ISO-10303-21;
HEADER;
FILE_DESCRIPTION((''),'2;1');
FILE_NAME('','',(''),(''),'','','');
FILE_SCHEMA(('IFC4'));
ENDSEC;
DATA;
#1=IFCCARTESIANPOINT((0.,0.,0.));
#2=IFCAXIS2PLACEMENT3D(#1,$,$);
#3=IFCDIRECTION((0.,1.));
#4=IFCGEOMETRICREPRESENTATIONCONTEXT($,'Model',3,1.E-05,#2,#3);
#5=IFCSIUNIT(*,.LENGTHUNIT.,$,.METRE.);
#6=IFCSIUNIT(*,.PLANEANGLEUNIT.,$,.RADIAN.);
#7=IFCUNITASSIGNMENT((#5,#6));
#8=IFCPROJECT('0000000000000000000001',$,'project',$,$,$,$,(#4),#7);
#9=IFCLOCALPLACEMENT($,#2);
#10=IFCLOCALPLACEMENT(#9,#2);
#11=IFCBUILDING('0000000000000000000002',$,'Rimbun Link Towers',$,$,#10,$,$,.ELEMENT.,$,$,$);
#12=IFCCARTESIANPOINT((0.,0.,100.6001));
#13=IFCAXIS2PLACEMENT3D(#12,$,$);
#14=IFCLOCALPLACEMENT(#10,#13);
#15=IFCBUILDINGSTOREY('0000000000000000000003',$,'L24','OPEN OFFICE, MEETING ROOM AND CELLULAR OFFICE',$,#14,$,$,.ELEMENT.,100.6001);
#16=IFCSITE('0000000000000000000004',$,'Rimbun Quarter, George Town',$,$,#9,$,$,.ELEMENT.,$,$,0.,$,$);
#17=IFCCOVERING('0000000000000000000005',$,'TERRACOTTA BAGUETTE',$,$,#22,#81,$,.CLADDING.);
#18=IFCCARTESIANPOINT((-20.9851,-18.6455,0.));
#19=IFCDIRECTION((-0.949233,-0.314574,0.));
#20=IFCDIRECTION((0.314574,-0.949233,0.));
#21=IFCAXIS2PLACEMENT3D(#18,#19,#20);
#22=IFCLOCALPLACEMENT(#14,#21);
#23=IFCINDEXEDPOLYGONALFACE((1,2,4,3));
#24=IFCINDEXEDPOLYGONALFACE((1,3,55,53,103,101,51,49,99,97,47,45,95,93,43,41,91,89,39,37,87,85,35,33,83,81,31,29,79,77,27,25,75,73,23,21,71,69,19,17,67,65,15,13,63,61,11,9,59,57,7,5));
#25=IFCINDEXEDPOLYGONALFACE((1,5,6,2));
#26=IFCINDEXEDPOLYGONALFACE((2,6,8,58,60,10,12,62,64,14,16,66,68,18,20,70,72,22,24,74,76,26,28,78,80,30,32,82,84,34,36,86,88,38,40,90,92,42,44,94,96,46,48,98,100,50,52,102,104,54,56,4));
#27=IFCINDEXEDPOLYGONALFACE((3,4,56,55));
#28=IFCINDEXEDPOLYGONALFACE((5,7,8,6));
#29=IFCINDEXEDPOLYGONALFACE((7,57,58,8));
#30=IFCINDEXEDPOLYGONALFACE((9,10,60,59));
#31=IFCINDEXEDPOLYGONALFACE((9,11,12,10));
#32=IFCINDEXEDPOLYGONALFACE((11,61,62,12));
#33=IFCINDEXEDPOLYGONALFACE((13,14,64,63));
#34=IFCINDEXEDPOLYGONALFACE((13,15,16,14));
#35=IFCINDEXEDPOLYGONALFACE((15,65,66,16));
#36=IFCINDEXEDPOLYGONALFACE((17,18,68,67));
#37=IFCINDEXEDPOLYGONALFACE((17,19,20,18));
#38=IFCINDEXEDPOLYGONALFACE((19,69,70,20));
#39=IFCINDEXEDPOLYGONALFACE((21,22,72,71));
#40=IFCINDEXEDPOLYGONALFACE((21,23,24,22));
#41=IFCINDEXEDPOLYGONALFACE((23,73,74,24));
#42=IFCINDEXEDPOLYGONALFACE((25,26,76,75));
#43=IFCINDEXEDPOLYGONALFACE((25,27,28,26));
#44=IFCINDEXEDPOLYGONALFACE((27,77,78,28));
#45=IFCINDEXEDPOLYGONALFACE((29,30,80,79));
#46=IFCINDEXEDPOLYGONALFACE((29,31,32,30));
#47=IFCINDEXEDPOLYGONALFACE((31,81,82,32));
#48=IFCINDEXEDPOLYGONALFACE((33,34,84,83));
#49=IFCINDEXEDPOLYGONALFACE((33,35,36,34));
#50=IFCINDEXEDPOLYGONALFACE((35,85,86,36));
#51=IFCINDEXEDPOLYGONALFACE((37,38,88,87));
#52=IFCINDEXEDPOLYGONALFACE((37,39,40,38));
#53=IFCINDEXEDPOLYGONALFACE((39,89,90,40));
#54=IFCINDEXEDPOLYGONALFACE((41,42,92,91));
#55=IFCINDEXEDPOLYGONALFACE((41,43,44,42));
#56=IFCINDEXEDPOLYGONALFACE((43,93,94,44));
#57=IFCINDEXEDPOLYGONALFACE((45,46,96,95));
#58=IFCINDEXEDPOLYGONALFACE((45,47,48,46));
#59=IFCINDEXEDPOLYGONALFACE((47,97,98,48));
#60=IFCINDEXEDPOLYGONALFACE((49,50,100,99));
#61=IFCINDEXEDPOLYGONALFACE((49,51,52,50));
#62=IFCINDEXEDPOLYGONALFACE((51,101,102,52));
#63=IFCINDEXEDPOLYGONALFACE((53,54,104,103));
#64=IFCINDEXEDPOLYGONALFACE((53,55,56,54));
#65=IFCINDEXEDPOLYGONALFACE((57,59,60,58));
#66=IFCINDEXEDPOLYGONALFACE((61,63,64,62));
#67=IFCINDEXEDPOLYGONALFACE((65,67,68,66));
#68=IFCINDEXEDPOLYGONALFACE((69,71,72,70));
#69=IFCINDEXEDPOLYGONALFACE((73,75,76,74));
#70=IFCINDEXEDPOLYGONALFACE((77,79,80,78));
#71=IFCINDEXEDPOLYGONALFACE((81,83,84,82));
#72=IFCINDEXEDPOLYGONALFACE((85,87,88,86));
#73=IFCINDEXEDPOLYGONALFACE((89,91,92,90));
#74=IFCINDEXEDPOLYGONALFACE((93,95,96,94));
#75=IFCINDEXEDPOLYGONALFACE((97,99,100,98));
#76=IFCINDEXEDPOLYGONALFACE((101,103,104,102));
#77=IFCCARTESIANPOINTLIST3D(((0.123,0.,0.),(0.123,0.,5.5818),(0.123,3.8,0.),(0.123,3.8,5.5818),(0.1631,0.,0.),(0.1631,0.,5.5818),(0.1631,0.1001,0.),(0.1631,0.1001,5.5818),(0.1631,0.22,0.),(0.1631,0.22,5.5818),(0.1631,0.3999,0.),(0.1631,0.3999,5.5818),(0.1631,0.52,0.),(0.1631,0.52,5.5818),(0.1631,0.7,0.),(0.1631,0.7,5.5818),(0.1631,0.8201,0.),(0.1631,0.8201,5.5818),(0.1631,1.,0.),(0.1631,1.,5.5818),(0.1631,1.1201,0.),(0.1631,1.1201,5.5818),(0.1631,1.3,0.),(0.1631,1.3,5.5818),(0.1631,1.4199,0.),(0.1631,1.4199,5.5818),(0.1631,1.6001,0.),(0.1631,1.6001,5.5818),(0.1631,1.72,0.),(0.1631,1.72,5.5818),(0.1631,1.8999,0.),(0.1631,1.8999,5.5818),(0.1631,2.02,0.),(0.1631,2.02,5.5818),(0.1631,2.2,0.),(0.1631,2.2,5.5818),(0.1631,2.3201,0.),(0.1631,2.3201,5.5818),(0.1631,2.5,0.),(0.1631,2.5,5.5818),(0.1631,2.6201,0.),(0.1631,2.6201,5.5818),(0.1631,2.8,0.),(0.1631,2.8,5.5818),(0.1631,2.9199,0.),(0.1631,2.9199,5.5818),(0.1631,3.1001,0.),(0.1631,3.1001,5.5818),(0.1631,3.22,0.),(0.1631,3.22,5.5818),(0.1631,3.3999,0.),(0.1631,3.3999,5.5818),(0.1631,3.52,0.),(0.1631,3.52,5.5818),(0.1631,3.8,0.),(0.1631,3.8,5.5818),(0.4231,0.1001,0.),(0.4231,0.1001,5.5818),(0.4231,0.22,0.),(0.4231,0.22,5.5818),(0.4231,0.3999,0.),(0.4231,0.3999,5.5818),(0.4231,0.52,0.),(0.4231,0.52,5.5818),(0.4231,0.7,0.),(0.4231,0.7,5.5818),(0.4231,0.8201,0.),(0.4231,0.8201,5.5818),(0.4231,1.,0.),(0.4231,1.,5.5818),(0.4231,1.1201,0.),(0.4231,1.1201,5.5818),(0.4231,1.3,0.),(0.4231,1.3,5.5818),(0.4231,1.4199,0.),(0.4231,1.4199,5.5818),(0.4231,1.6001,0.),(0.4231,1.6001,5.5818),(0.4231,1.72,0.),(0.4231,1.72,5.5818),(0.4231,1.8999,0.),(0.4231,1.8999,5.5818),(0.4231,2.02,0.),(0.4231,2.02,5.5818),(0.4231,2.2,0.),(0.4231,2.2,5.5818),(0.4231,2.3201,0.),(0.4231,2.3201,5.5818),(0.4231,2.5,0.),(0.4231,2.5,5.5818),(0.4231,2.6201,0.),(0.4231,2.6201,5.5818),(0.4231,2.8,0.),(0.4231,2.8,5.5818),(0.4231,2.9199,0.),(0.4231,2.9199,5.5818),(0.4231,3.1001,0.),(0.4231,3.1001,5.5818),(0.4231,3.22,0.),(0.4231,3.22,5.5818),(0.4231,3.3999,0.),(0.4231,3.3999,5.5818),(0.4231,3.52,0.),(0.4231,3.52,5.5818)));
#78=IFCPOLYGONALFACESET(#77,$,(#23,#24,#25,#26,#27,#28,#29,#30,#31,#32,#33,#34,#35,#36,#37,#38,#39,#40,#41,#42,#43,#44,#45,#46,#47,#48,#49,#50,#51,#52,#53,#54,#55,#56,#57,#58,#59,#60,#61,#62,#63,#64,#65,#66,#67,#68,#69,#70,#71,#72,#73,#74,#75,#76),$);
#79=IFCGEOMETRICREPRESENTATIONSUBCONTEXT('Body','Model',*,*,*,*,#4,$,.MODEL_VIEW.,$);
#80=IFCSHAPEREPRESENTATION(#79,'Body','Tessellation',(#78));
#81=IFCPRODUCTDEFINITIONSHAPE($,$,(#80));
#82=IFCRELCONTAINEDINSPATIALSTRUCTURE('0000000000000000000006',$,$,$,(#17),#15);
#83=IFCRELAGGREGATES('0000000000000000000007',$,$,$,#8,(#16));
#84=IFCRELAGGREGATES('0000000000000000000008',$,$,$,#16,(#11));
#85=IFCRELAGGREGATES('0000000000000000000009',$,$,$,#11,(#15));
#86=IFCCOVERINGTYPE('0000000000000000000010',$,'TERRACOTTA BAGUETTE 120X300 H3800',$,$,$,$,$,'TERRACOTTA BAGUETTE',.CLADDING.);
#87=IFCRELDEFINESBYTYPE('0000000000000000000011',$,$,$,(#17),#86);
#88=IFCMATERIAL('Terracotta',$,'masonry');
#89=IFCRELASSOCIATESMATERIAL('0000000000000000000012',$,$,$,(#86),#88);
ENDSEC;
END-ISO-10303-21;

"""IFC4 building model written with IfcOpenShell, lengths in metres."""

from ifc_helpers import new_model, si_unit, direction, frame, origin, place, context, subcontext, project, spatial, polyline, outline, extrude, material, material_profile, profile_set, type_object, element, save


model = new_model("IFC4")

# Units and contexts
model_context = context("Model", 3, precision=1e-05, world=origin(), true_north=direction((0.0, 1.0)))
body_context = subcontext(model_context, "Body", "Model", "MODEL_VIEW")
ifc_project = project(units=[si_unit("LENGTHUNIT", "METRE"), si_unit("PLANEANGLEUNIT", "RADIAN")], contexts=[model_context])

# Site, building, storey
site_placement = place(None, origin())
site = spatial("IfcSite", under=ifc_project, at=site_placement, Name="Rimbun Quarter, George Town", CompositionType="ELEMENT", RefElevation=0.0)
building_placement = place(site_placement, origin())
building = spatial("IfcBuilding", under=site, at=building_placement, Name="Rimbun Link Towers", CompositionType="ELEMENT")
storey_placement = place(building_placement, frame((0.0, 0.0, 100.6001)))
storey = spatial("IfcBuildingStorey", under=building, at=storey_placement, Name="L24", Description="OPEN OFFICE, MEETING ROOM AND CELLULAR OFFICE", CompositionType="ELEMENT", Elevation=100.6001)

# Covering
ifc_material_1 = material(Name="Terracotta", Category="masonry")
ifc_material_profile_1 = material_profile(ifc_material_1, outline(polyline([(0.123, 0.0), (0.1631, 0.0), (0.1631, 0.1001), (0.4231, 0.1001), (0.4231, 0.22), (0.1631, 0.22), (0.1631, 0.3999), (0.4231, 0.3999), (0.4231, 0.52), (0.1631, 0.52), (0.1631, 0.7), (0.4231, 0.7), (0.4231, 0.8201), (0.1631, 0.8201), (0.1631, 1.0), (0.4231, 1.0), (0.4231, 1.1201), (0.1631, 1.1201), (0.1631, 1.3), (0.4231, 1.3), (0.4231, 1.4199), (0.1631, 1.4199), (0.1631, 1.6001), (0.4231, 1.6001), (0.4231, 1.72), (0.1631, 1.72), (0.1631, 1.8999), (0.4231, 1.8999), (0.4231, 2.02), (0.1631, 2.02), (0.1631, 2.2), (0.4231, 2.2), (0.4231, 2.3201), (0.1631, 2.3201), (0.1631, 2.5), (0.4231, 2.5), (0.4231, 2.6201), (0.1631, 2.6201), (0.1631, 2.8), (0.4231, 2.8), (0.4231, 2.9199), (0.1631, 2.9199), (0.1631, 3.1001), (0.4231, 3.1001), (0.4231, 3.22), (0.1631, 3.22), (0.1631, 3.3999), (0.4231, 3.3999), (0.4231, 3.52), (0.1631, 3.52), (0.1631, 3.8), (0.123, 3.8), (0.123, 0.0)])), Name="BAGUETTE 120X300")
ifc_profile_set_1 = profile_set([ifc_material_profile_1], Name="Terracotta")
covering_type = type_object("IfcCoveringType", Name="TERRACOTTA BAGUETTE 120X300 H3800", ElementType="TERRACOTTA BAGUETTE", PredefinedType="CLADDING", material=ifc_profile_set_1)
covering_1_placement = place(storey_placement, frame((-20.9851, -18.6455, 0.0), z_axis=(-0.949233, -0.314574, 0.0), x_axis=(0.314574, -0.949233, 0.0)))
element("IfcCovering", 1, at=covering_1_placement, inside=storey, type_object=covering_type, Name="TERRACOTTA BAGUETTE", PredefinedType="CLADDING", context=body_context, shape_type="SweptSolid", body=[
    extrude(outline(polyline([(0.123, 0.0), (0.1631, 0.0), (0.1631, 0.1001), (0.4231, 0.1001), (0.4231, 0.22), (0.1631, 0.22), (0.1631, 0.3999), (0.4231, 0.3999), (0.4231, 0.52), (0.1631, 0.52), (0.1631, 0.7), (0.4231, 0.7), (0.4231, 0.8201), (0.1631, 0.8201), (0.1631, 1.0), (0.4231, 1.0), (0.4231, 1.1201), (0.1631, 1.1201), (0.1631, 1.3), (0.4231, 1.3), (0.4231, 1.4199), (0.1631, 1.4199), (0.1631, 1.6001), (0.4231, 1.6001), (0.4231, 1.72), (0.1631, 1.72), (0.1631, 1.8999), (0.4231, 1.8999), (0.4231, 2.02), (0.1631, 2.02), (0.1631, 2.2), (0.4231, 2.2), (0.4231, 2.3201), (0.1631, 2.3201), (0.1631, 2.5), (0.4231, 2.5), (0.4231, 2.6201), (0.1631, 2.6201), (0.1631, 2.8), (0.4231, 2.8), (0.4231, 2.9199), (0.1631, 2.9199), (0.1631, 3.1001), (0.4231, 3.1001), (0.4231, 3.22), (0.1631, 3.22), (0.1631, 3.3999), (0.4231, 3.3999), (0.4231, 3.52), (0.1631, 3.52), (0.1631, 3.8), (0.123, 3.8), (0.123, 0.0)])), origin(), (0.0, 0.0, 1.0), 5.5818),
])

save(model, "model.ifc")
